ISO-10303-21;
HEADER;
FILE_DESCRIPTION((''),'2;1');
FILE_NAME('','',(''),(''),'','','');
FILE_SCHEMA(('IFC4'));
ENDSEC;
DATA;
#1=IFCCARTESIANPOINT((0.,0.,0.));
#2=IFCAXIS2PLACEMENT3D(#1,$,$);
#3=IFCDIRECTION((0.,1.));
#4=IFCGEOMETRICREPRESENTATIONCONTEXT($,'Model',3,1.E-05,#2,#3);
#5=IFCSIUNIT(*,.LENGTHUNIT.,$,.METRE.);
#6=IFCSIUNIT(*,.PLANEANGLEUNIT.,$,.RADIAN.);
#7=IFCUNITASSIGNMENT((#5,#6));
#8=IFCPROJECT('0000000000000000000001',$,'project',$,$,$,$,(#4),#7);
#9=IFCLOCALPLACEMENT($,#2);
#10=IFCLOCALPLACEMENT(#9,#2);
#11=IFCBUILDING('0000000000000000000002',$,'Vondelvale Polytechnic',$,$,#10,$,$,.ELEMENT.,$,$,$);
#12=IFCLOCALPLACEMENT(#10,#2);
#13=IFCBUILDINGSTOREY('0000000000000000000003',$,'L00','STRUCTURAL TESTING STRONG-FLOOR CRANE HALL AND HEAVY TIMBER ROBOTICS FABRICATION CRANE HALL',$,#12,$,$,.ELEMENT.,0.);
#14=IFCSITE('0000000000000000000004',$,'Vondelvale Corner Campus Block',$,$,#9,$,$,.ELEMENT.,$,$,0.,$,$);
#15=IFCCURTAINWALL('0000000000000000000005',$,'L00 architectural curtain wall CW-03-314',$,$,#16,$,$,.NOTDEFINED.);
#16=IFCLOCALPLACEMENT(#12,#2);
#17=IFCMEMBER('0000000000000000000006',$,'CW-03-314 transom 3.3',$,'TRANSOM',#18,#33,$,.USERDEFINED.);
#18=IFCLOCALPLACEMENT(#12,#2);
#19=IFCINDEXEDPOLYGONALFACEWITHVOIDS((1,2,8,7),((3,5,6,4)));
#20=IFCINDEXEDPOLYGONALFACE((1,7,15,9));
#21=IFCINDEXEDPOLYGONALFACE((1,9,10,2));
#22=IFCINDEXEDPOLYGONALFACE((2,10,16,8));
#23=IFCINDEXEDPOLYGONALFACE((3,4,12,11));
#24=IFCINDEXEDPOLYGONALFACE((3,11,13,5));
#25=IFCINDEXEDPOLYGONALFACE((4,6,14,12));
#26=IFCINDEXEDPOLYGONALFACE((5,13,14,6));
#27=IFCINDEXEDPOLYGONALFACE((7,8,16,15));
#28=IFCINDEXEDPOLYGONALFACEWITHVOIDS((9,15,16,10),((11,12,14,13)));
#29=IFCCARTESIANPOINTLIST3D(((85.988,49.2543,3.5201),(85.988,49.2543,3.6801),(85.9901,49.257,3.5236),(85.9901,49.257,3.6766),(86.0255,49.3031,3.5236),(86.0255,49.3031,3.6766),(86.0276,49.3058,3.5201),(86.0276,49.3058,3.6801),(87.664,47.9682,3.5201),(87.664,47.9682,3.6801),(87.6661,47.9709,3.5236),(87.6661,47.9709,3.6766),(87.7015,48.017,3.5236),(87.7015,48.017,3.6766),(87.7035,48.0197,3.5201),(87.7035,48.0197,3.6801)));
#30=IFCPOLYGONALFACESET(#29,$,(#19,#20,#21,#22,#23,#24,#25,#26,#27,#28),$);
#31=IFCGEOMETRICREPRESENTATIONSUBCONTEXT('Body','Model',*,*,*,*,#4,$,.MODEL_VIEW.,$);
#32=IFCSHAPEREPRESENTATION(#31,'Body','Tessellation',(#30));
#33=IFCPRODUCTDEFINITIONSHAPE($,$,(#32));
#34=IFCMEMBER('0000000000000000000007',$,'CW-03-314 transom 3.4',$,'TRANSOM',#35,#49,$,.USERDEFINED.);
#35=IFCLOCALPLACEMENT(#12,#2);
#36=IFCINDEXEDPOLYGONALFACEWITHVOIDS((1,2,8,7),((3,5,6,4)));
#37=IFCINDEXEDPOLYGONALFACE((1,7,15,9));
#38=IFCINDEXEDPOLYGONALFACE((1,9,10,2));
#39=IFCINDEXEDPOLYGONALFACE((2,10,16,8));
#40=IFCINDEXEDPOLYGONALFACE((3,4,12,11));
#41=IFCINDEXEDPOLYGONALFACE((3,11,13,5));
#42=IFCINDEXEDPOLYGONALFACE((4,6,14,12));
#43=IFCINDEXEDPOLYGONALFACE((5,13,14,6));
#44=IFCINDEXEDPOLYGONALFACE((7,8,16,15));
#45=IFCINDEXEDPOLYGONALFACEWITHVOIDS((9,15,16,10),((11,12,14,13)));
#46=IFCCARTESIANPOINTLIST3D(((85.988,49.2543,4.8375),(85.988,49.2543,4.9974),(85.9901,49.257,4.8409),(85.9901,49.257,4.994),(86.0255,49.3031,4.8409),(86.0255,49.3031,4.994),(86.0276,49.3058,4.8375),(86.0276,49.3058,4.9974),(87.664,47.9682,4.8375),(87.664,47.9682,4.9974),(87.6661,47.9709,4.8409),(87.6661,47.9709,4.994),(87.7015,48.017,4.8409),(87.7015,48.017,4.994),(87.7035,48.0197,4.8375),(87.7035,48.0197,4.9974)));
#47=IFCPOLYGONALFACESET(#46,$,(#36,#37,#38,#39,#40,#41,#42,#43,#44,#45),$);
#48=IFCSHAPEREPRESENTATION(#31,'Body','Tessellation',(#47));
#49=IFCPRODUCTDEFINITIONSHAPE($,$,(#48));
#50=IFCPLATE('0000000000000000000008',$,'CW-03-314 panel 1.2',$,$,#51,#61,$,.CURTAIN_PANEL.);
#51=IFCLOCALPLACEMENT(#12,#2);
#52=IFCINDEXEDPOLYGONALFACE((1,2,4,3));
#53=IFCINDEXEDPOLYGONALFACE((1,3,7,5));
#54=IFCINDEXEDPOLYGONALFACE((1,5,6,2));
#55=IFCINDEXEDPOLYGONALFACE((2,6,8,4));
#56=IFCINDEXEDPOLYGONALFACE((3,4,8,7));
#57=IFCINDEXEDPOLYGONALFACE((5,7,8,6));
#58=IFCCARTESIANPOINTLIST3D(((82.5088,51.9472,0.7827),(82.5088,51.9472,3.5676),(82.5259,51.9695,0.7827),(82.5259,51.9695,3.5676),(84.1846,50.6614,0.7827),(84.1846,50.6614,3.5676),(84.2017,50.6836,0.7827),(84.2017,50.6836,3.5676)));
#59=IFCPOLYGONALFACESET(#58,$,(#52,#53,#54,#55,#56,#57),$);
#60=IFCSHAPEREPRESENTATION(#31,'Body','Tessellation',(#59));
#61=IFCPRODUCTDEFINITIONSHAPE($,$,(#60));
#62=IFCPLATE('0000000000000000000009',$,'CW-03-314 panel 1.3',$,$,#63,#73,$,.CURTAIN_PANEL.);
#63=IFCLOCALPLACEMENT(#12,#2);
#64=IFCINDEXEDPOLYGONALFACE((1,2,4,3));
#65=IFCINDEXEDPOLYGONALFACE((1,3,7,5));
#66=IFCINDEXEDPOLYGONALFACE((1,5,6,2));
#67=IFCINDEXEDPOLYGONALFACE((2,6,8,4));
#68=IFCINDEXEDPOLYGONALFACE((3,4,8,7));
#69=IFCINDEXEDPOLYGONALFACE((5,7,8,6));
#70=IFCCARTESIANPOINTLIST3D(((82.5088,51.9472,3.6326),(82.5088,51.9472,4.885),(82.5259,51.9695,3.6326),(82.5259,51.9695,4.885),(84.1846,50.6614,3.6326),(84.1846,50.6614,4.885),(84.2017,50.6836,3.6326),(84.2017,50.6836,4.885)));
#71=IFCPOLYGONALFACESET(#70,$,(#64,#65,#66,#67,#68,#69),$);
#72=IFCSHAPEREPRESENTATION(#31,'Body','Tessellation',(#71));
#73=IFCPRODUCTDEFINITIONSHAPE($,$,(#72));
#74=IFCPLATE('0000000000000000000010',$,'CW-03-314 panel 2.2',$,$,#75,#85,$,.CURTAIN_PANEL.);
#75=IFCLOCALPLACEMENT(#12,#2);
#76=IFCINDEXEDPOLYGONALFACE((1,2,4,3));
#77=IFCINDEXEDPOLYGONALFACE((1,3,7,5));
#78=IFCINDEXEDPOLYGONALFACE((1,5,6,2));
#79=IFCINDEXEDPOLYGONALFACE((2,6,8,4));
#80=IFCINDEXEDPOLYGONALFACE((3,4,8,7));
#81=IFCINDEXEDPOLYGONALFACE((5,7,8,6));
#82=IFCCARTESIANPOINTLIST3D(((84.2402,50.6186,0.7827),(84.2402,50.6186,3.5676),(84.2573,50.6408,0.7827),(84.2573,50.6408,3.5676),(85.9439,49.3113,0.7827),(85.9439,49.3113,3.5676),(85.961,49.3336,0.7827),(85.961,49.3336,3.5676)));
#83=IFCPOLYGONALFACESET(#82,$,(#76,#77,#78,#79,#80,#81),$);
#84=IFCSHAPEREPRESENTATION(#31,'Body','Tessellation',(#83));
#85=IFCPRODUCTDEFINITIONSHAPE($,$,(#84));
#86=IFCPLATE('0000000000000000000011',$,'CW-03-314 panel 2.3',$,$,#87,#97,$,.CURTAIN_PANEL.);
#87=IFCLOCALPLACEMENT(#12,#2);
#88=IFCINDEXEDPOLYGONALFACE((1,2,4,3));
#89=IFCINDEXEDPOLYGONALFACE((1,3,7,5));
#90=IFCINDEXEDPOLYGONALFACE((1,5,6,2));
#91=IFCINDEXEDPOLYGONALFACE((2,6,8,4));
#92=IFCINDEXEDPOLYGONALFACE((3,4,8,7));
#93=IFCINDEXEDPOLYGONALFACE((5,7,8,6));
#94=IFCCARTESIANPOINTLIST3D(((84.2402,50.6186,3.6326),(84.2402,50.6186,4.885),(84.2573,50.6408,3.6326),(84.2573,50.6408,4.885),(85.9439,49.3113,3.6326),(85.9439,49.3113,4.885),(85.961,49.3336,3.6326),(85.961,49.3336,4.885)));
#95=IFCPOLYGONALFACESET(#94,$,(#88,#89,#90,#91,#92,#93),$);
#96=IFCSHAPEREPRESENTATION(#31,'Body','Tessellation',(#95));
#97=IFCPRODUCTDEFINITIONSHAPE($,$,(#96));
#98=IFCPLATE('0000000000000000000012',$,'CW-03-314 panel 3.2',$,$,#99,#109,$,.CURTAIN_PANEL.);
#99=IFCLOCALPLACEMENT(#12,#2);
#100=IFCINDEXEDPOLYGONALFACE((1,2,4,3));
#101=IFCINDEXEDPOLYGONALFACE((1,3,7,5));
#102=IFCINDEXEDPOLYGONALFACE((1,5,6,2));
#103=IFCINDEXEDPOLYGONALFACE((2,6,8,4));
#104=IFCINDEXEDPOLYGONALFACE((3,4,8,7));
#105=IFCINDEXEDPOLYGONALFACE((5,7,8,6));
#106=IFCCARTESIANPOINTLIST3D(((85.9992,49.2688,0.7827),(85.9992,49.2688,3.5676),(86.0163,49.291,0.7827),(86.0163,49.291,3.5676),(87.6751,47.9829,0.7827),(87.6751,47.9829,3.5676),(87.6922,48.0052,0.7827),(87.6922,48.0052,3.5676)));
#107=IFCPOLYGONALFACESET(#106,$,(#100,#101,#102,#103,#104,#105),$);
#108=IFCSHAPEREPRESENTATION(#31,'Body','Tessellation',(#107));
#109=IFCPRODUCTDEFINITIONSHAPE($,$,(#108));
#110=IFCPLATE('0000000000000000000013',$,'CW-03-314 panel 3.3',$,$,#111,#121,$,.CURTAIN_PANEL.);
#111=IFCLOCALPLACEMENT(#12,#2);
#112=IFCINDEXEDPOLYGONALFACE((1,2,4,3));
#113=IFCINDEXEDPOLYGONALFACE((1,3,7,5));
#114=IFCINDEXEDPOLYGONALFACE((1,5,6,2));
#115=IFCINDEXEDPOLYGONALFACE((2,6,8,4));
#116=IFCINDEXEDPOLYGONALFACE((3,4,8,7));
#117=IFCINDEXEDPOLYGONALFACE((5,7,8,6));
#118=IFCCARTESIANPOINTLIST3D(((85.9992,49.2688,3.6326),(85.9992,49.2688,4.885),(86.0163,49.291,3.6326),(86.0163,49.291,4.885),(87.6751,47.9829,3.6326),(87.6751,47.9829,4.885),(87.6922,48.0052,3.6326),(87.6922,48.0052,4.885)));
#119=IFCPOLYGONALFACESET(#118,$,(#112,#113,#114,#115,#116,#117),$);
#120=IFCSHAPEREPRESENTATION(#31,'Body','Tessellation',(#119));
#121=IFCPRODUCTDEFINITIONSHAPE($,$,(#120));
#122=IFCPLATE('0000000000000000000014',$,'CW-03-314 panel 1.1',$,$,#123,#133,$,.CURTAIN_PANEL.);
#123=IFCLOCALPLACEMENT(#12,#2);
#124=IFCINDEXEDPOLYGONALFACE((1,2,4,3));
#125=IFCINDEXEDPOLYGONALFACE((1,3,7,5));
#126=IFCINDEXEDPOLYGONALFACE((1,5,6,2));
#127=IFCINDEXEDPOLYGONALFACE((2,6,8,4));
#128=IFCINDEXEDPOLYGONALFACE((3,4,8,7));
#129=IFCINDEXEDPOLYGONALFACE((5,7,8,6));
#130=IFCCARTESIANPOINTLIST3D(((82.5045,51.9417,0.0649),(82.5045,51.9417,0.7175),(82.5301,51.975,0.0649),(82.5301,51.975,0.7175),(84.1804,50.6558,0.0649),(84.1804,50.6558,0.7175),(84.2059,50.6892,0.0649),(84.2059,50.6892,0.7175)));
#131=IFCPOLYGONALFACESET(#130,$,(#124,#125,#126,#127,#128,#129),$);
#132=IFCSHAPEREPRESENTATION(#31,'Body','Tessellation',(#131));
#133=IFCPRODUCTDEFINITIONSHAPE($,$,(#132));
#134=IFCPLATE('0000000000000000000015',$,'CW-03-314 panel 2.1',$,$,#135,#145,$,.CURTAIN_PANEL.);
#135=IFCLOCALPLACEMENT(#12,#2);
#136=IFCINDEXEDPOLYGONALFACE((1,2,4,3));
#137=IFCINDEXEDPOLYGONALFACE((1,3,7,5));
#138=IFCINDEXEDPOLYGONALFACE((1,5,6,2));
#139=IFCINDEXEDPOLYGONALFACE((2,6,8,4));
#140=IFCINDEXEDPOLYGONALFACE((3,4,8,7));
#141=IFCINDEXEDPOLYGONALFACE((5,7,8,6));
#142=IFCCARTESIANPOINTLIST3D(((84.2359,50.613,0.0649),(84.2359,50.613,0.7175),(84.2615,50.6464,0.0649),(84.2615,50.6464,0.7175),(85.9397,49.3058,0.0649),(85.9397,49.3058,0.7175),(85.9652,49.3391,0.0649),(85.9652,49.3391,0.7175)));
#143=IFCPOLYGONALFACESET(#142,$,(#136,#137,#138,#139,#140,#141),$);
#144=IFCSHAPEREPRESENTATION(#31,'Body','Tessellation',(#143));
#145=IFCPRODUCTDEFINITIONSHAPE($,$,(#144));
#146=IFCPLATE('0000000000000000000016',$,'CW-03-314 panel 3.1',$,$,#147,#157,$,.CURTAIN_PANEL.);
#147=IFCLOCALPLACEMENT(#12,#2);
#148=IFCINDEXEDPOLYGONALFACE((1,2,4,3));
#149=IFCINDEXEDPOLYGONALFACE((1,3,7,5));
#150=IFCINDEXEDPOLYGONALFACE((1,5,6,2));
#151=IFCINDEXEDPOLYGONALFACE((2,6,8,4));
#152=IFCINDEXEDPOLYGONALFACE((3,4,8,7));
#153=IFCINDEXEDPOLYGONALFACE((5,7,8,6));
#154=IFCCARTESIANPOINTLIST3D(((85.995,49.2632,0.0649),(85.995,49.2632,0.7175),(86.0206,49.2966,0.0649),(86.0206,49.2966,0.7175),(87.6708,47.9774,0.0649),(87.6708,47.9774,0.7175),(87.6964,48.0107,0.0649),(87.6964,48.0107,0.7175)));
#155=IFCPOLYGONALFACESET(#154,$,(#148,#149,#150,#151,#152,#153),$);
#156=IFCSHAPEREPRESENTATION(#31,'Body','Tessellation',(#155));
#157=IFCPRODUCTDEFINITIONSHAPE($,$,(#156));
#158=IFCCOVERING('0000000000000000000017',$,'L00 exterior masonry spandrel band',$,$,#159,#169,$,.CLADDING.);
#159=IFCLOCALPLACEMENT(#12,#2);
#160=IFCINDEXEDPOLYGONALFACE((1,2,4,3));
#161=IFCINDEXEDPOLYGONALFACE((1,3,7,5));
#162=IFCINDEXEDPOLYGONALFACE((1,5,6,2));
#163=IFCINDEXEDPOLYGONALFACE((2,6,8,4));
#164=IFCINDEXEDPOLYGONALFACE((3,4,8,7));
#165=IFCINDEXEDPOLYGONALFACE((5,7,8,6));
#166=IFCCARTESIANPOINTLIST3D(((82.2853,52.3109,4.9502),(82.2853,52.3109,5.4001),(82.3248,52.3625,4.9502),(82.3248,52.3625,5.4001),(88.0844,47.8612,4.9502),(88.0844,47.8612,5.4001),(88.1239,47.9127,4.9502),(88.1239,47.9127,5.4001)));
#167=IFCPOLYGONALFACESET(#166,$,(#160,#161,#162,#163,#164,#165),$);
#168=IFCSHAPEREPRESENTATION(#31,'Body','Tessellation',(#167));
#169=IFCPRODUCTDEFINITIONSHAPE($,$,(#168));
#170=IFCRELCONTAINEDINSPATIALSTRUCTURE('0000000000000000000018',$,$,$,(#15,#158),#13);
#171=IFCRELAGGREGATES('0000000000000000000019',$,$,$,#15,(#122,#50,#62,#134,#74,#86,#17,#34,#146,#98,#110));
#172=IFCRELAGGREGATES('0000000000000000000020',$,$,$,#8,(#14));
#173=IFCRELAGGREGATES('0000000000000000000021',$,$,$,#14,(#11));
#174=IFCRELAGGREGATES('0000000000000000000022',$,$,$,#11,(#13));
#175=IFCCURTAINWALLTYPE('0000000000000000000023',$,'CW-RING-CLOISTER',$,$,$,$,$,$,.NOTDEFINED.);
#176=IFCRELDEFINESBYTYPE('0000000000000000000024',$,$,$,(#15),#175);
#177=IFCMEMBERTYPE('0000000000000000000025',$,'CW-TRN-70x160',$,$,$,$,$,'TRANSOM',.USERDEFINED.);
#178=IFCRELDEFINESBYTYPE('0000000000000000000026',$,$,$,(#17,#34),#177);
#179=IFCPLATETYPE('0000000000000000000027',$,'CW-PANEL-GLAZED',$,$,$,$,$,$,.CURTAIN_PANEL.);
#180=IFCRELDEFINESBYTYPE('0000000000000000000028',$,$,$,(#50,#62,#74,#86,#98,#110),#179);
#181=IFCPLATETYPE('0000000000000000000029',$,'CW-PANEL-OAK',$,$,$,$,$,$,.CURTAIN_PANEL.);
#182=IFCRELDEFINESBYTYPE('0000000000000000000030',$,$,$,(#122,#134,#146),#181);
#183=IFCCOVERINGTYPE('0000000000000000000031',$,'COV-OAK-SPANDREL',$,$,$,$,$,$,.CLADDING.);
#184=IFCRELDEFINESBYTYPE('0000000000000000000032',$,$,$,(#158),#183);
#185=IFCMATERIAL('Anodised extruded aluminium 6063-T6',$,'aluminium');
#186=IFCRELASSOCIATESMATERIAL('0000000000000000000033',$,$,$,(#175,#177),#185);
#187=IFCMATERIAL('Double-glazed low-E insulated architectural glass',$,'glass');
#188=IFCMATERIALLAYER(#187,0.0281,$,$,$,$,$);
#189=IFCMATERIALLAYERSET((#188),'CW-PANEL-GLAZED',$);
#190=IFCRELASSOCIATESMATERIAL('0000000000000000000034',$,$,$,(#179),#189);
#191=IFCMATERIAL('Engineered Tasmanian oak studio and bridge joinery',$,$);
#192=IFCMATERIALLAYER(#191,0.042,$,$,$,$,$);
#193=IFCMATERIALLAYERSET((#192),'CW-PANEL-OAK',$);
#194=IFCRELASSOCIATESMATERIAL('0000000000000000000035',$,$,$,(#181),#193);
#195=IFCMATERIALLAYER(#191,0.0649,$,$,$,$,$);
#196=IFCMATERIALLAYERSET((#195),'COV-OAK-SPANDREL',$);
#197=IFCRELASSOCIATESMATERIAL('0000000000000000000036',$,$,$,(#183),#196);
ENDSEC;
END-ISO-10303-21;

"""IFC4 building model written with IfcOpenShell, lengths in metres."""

from ifc_helpers import new_model, si_unit, direction, frame, origin, origin_2d, place, context, subcontext, project, spatial, rectangle, hollow_rectangle, extrude, material, layer, layer_set, material_profile, profile_set, type_object, element, aggregate, save


model = new_model("IFC4")

# Units and contexts
model_context = context("Model", 3, precision=1e-05, world=origin(), true_north=direction((0.0, 1.0)))
body_context = subcontext(model_context, "Body", "Model", "MODEL_VIEW")
ifc_project = project(units=[si_unit("LENGTHUNIT", "METRE"), si_unit("PLANEANGLEUNIT", "RADIAN")], contexts=[model_context])

# Site, building, storey
site_placement = place(None, origin())
site = spatial("IfcSite", under=ifc_project, at=site_placement, Name="Vondelvale Corner Campus Block", CompositionType="ELEMENT", RefElevation=0.0)
building_placement = place(site_placement, origin())
building = spatial("IfcBuilding", under=site, at=building_placement, Name="Vondelvale Polytechnic", CompositionType="ELEMENT")
storey_placement = place(building_placement, origin())
storey = spatial("IfcBuildingStorey", under=building, at=storey_placement, Name="L00", Description="STRUCTURAL TESTING STRONG-FLOOR CRANE HALL AND HEAVY TIMBER ROBOTICS FABRICATION CRANE HALL", CompositionType="ELEMENT", Elevation=0.0)

# Curtain wall, members, plates
ifc_material_1 = material(Name="Anodised extruded aluminium 6063-T6", Category="aluminium")
curtain_wall_type = type_object("IfcCurtainWallType", Name="CW-RING-CLOISTER", PredefinedType="NOTDEFINED", material=ifc_material_1)
curtain_wall_placement = place(storey_placement, origin())
curtain_wall = element("IfcCurtainWall", 1, at=curtain_wall_placement, inside=storey, type_object=curtain_wall_type, Name="L00 architectural curtain wall CW-03-314", PredefinedType="NOTDEFINED")
ifc_material_profile_1 = material_profile(ifc_material_1, hollow_rectangle(XDim=0.0649, YDim=0.1599, WallThickness=0.0034, at=origin_2d()), Name="CW-TRN-160x65")
ifc_profile_set_1 = profile_set([ifc_material_profile_1], Name="Anodised extruded aluminium 6063-T6")
member_type_1 = type_object("IfcMemberType", Name="CW-TRN-70x160", ElementType="TRANSOM", PredefinedType="USERDEFINED", material=ifc_profile_set_1)
member_1_placement = place(storey_placement, frame((86.0078, 49.28, 3.6001), z_axis=(0.793337, -0.608783, 0.0), x_axis=(0.608783, 0.793337, 0.0)))
member_1 = element("IfcMember", 2, at=member_1_placement, type_object=member_type_1, Name="CW-03-314 transom 3.3", ObjectType="TRANSOM", PredefinedType="USERDEFINED", context=body_context, shape_type="SweptSolid", body=[
    extrude(hollow_rectangle(XDim=0.0649, YDim=0.1599, WallThickness=0.0034, at=origin_2d()), origin(), (0.0, 0.0, 1.0), 2.1125),
])
member_2_placement = place(storey_placement, frame((86.0078, 49.28, 4.9175), z_axis=(0.793337, -0.608783, 0.0), x_axis=(0.608783, 0.793337, 0.0)))
member_2 = element("IfcMember", 3, at=member_2_placement, type_object=member_type_1, Name="CW-03-314 transom 3.4", ObjectType="TRANSOM", PredefinedType="USERDEFINED", context=body_context, shape_type="SweptSolid", body=[
    extrude(hollow_rectangle(XDim=0.0649, YDim=0.1599, WallThickness=0.0034, at=origin_2d()), origin(), (0.0, 0.0, 1.0), 2.1125),
])
ifc_material_2 = material(Name="Double-glazed low-E insulated architectural glass", Category="glass")
ifc_layer_1 = layer(ifc_material_2, 0.0281)
ifc_layer_set_1 = layer_set([ifc_layer_1], Name="CW-PANEL-GLAZED")
plate_type_1 = type_object("IfcPlateType", Name="CW-PANEL-GLAZED", PredefinedType="CURTAIN_PANEL", material=ifc_layer_set_1)
plate_1_placement = place(storey_placement, frame((83.3552, 51.3154, 0.7827), z_axis=(0.0, 0.0, 1.0), x_axis=(0.793364, -0.608748, 0.0)))
plate_1 = element("IfcPlate", 4, at=plate_1_placement, type_object=plate_type_1, Name="CW-03-314 panel 1.2", PredefinedType="CURTAIN_PANEL", context=body_context, shape_type="SweptSolid", body=[
    extrude(rectangle(XDim=2.1123, YDim=0.0281, at=origin_2d()), origin(), (0.0, 0.0, 1.0), 2.7849),
])
plate_2_placement = place(storey_placement, frame((83.3552, 51.3154, 3.6326), z_axis=(0.0, 0.0, 1.0), x_axis=(0.793364, -0.608748, 0.0)))
plate_2 = element("IfcPlate", 5, at=plate_2_placement, type_object=plate_type_1, Name="CW-03-314 panel 1.3", PredefinedType="CURTAIN_PANEL", context=body_context, shape_type="SweptSolid", body=[
    extrude(rectangle(XDim=2.1123, YDim=0.0281, at=origin_2d()), origin(), (0.0, 0.0, 1.0), 1.2524),
])
plate_3_placement = place(storey_placement, frame((85.1006, 49.9761, 0.7827), z_axis=(0.0, 0.0, 1.0), x_axis=(0.793364, -0.608748, 0.0)))
plate_3 = element("IfcPlate", 6, at=plate_3_placement, type_object=plate_type_1, Name="CW-03-314 panel 2.2", PredefinedType="CURTAIN_PANEL", context=body_context, shape_type="SweptSolid", body=[
    extrude(rectangle(XDim=2.1475, YDim=0.0281, at=origin_2d()), origin(), (0.0, 0.0, 1.0), 2.7849),
])
plate_4_placement = place(storey_placement, frame((85.1006, 49.9761, 3.6326), z_axis=(0.0, 0.0, 1.0), x_axis=(0.793364, -0.608748, 0.0)))
plate_4 = element("IfcPlate", 7, at=plate_4_placement, type_object=plate_type_1, Name="CW-03-314 panel 2.3", PredefinedType="CURTAIN_PANEL", context=body_context, shape_type="SweptSolid", body=[
    extrude(rectangle(XDim=2.1475, YDim=0.0281, at=origin_2d()), origin(), (0.0, 0.0, 1.0), 1.2524),
])
plate_5_placement = place(storey_placement, frame((86.8457, 48.637, 0.7827), z_axis=(0.0, 0.0, 1.0), x_axis=(0.793364, -0.608748, 0.0)))
plate_5 = element("IfcPlate", 8, at=plate_5_placement, type_object=plate_type_1, Name="CW-03-314 panel 3.2", PredefinedType="CURTAIN_PANEL", context=body_context, shape_type="SweptSolid", body=[
    extrude(rectangle(XDim=2.1123, YDim=0.0281, at=origin_2d()), origin(), (0.0, 0.0, 1.0), 2.7849),
])
plate_6_placement = place(storey_placement, frame((86.8457, 48.637, 3.6326), z_axis=(0.0, 0.0, 1.0), x_axis=(0.793364, -0.608748, 0.0)))
plate_6 = element("IfcPlate", 9, at=plate_6_placement, type_object=plate_type_1, Name="CW-03-314 panel 3.3", PredefinedType="CURTAIN_PANEL", context=body_context, shape_type="SweptSolid", body=[
    extrude(rectangle(XDim=2.1123, YDim=0.0281, at=origin_2d()), origin(), (0.0, 0.0, 1.0), 1.2524),
])
ifc_material_3 = material(Name="Engineered Tasmanian oak studio and bridge joinery")
ifc_layer_2 = layer(ifc_material_3, 0.042)
ifc_layer_set_2 = layer_set([ifc_layer_2], Name="CW-PANEL-OAK")
plate_type_2 = type_object("IfcPlateType", Name="CW-PANEL-OAK", PredefinedType="CURTAIN_PANEL", material=ifc_layer_set_2)
plate_7_placement = place(storey_placement, frame((83.3552, 51.3154, 0.0649), z_axis=(0.0, 0.0, 1.0), x_axis=(0.793364, -0.608748, 0.0)))
plate_7 = element("IfcPlate", 10, at=plate_7_placement, type_object=plate_type_2, Name="CW-03-314 panel 1.1", PredefinedType="CURTAIN_PANEL", context=body_context, shape_type="SweptSolid", body=[
    extrude(rectangle(XDim=2.1123, YDim=0.042, at=origin_2d()), origin(), (0.0, 0.0, 1.0), 0.6526),
])
plate_8_placement = place(storey_placement, frame((85.1006, 49.9761, 0.0649), z_axis=(0.0, 0.0, 1.0), x_axis=(0.793364, -0.608748, 0.0)))
plate_8 = element("IfcPlate", 11, at=plate_8_placement, type_object=plate_type_2, Name="CW-03-314 panel 2.1", PredefinedType="CURTAIN_PANEL", context=body_context, shape_type="SweptSolid", body=[
    extrude(rectangle(XDim=2.1475, YDim=0.042, at=origin_2d()), origin(), (0.0, 0.0, 1.0), 0.6526),
])
plate_9_placement = place(storey_placement, frame((86.8457, 48.637, 0.0649), z_axis=(0.0, 0.0, 1.0), x_axis=(0.793364, -0.608748, 0.0)))
plate_9 = element("IfcPlate", 12, at=plate_9_placement, type_object=plate_type_2, Name="CW-03-314 panel 3.1", PredefinedType="CURTAIN_PANEL", context=body_context, shape_type="SweptSolid", body=[
    extrude(rectangle(XDim=2.1123, YDim=0.042, at=origin_2d()), origin(), (0.0, 0.0, 1.0), 0.6526),
])
aggregate(curtain_wall, [plate_7, plate_1, plate_2, plate_8, plate_3, plate_4, member_1, member_2, plate_9, plate_5, plate_6])

# Covering
ifc_layer_3 = layer(ifc_material_3, 0.0649)
ifc_layer_set_3 = layer_set([ifc_layer_3], Name="COV-OAK-SPANDREL")
covering_type = type_object("IfcCoveringType", Name="COV-OAK-SPANDREL", PredefinedType="CLADDING", material=ifc_layer_set_3)
covering_placement = place(storey_placement, frame((85.2046, 50.1118, 4.9502), z_axis=(0.0, 0.0, 1.0), x_axis=(0.793353, -0.608761, 0.0)))
element("IfcCovering", 13, at=covering_placement, inside=storey, type_object=covering_type, Name="L00 exterior masonry spandrel band", PredefinedType="CLADDING", context=body_context, shape_type="SweptSolid", body=[
    extrude(rectangle(XDim=7.3096, YDim=0.0649, at=origin_2d()), origin(), (0.0, 0.0, 1.0), 0.45),
])

save(model, "model.ifc")
